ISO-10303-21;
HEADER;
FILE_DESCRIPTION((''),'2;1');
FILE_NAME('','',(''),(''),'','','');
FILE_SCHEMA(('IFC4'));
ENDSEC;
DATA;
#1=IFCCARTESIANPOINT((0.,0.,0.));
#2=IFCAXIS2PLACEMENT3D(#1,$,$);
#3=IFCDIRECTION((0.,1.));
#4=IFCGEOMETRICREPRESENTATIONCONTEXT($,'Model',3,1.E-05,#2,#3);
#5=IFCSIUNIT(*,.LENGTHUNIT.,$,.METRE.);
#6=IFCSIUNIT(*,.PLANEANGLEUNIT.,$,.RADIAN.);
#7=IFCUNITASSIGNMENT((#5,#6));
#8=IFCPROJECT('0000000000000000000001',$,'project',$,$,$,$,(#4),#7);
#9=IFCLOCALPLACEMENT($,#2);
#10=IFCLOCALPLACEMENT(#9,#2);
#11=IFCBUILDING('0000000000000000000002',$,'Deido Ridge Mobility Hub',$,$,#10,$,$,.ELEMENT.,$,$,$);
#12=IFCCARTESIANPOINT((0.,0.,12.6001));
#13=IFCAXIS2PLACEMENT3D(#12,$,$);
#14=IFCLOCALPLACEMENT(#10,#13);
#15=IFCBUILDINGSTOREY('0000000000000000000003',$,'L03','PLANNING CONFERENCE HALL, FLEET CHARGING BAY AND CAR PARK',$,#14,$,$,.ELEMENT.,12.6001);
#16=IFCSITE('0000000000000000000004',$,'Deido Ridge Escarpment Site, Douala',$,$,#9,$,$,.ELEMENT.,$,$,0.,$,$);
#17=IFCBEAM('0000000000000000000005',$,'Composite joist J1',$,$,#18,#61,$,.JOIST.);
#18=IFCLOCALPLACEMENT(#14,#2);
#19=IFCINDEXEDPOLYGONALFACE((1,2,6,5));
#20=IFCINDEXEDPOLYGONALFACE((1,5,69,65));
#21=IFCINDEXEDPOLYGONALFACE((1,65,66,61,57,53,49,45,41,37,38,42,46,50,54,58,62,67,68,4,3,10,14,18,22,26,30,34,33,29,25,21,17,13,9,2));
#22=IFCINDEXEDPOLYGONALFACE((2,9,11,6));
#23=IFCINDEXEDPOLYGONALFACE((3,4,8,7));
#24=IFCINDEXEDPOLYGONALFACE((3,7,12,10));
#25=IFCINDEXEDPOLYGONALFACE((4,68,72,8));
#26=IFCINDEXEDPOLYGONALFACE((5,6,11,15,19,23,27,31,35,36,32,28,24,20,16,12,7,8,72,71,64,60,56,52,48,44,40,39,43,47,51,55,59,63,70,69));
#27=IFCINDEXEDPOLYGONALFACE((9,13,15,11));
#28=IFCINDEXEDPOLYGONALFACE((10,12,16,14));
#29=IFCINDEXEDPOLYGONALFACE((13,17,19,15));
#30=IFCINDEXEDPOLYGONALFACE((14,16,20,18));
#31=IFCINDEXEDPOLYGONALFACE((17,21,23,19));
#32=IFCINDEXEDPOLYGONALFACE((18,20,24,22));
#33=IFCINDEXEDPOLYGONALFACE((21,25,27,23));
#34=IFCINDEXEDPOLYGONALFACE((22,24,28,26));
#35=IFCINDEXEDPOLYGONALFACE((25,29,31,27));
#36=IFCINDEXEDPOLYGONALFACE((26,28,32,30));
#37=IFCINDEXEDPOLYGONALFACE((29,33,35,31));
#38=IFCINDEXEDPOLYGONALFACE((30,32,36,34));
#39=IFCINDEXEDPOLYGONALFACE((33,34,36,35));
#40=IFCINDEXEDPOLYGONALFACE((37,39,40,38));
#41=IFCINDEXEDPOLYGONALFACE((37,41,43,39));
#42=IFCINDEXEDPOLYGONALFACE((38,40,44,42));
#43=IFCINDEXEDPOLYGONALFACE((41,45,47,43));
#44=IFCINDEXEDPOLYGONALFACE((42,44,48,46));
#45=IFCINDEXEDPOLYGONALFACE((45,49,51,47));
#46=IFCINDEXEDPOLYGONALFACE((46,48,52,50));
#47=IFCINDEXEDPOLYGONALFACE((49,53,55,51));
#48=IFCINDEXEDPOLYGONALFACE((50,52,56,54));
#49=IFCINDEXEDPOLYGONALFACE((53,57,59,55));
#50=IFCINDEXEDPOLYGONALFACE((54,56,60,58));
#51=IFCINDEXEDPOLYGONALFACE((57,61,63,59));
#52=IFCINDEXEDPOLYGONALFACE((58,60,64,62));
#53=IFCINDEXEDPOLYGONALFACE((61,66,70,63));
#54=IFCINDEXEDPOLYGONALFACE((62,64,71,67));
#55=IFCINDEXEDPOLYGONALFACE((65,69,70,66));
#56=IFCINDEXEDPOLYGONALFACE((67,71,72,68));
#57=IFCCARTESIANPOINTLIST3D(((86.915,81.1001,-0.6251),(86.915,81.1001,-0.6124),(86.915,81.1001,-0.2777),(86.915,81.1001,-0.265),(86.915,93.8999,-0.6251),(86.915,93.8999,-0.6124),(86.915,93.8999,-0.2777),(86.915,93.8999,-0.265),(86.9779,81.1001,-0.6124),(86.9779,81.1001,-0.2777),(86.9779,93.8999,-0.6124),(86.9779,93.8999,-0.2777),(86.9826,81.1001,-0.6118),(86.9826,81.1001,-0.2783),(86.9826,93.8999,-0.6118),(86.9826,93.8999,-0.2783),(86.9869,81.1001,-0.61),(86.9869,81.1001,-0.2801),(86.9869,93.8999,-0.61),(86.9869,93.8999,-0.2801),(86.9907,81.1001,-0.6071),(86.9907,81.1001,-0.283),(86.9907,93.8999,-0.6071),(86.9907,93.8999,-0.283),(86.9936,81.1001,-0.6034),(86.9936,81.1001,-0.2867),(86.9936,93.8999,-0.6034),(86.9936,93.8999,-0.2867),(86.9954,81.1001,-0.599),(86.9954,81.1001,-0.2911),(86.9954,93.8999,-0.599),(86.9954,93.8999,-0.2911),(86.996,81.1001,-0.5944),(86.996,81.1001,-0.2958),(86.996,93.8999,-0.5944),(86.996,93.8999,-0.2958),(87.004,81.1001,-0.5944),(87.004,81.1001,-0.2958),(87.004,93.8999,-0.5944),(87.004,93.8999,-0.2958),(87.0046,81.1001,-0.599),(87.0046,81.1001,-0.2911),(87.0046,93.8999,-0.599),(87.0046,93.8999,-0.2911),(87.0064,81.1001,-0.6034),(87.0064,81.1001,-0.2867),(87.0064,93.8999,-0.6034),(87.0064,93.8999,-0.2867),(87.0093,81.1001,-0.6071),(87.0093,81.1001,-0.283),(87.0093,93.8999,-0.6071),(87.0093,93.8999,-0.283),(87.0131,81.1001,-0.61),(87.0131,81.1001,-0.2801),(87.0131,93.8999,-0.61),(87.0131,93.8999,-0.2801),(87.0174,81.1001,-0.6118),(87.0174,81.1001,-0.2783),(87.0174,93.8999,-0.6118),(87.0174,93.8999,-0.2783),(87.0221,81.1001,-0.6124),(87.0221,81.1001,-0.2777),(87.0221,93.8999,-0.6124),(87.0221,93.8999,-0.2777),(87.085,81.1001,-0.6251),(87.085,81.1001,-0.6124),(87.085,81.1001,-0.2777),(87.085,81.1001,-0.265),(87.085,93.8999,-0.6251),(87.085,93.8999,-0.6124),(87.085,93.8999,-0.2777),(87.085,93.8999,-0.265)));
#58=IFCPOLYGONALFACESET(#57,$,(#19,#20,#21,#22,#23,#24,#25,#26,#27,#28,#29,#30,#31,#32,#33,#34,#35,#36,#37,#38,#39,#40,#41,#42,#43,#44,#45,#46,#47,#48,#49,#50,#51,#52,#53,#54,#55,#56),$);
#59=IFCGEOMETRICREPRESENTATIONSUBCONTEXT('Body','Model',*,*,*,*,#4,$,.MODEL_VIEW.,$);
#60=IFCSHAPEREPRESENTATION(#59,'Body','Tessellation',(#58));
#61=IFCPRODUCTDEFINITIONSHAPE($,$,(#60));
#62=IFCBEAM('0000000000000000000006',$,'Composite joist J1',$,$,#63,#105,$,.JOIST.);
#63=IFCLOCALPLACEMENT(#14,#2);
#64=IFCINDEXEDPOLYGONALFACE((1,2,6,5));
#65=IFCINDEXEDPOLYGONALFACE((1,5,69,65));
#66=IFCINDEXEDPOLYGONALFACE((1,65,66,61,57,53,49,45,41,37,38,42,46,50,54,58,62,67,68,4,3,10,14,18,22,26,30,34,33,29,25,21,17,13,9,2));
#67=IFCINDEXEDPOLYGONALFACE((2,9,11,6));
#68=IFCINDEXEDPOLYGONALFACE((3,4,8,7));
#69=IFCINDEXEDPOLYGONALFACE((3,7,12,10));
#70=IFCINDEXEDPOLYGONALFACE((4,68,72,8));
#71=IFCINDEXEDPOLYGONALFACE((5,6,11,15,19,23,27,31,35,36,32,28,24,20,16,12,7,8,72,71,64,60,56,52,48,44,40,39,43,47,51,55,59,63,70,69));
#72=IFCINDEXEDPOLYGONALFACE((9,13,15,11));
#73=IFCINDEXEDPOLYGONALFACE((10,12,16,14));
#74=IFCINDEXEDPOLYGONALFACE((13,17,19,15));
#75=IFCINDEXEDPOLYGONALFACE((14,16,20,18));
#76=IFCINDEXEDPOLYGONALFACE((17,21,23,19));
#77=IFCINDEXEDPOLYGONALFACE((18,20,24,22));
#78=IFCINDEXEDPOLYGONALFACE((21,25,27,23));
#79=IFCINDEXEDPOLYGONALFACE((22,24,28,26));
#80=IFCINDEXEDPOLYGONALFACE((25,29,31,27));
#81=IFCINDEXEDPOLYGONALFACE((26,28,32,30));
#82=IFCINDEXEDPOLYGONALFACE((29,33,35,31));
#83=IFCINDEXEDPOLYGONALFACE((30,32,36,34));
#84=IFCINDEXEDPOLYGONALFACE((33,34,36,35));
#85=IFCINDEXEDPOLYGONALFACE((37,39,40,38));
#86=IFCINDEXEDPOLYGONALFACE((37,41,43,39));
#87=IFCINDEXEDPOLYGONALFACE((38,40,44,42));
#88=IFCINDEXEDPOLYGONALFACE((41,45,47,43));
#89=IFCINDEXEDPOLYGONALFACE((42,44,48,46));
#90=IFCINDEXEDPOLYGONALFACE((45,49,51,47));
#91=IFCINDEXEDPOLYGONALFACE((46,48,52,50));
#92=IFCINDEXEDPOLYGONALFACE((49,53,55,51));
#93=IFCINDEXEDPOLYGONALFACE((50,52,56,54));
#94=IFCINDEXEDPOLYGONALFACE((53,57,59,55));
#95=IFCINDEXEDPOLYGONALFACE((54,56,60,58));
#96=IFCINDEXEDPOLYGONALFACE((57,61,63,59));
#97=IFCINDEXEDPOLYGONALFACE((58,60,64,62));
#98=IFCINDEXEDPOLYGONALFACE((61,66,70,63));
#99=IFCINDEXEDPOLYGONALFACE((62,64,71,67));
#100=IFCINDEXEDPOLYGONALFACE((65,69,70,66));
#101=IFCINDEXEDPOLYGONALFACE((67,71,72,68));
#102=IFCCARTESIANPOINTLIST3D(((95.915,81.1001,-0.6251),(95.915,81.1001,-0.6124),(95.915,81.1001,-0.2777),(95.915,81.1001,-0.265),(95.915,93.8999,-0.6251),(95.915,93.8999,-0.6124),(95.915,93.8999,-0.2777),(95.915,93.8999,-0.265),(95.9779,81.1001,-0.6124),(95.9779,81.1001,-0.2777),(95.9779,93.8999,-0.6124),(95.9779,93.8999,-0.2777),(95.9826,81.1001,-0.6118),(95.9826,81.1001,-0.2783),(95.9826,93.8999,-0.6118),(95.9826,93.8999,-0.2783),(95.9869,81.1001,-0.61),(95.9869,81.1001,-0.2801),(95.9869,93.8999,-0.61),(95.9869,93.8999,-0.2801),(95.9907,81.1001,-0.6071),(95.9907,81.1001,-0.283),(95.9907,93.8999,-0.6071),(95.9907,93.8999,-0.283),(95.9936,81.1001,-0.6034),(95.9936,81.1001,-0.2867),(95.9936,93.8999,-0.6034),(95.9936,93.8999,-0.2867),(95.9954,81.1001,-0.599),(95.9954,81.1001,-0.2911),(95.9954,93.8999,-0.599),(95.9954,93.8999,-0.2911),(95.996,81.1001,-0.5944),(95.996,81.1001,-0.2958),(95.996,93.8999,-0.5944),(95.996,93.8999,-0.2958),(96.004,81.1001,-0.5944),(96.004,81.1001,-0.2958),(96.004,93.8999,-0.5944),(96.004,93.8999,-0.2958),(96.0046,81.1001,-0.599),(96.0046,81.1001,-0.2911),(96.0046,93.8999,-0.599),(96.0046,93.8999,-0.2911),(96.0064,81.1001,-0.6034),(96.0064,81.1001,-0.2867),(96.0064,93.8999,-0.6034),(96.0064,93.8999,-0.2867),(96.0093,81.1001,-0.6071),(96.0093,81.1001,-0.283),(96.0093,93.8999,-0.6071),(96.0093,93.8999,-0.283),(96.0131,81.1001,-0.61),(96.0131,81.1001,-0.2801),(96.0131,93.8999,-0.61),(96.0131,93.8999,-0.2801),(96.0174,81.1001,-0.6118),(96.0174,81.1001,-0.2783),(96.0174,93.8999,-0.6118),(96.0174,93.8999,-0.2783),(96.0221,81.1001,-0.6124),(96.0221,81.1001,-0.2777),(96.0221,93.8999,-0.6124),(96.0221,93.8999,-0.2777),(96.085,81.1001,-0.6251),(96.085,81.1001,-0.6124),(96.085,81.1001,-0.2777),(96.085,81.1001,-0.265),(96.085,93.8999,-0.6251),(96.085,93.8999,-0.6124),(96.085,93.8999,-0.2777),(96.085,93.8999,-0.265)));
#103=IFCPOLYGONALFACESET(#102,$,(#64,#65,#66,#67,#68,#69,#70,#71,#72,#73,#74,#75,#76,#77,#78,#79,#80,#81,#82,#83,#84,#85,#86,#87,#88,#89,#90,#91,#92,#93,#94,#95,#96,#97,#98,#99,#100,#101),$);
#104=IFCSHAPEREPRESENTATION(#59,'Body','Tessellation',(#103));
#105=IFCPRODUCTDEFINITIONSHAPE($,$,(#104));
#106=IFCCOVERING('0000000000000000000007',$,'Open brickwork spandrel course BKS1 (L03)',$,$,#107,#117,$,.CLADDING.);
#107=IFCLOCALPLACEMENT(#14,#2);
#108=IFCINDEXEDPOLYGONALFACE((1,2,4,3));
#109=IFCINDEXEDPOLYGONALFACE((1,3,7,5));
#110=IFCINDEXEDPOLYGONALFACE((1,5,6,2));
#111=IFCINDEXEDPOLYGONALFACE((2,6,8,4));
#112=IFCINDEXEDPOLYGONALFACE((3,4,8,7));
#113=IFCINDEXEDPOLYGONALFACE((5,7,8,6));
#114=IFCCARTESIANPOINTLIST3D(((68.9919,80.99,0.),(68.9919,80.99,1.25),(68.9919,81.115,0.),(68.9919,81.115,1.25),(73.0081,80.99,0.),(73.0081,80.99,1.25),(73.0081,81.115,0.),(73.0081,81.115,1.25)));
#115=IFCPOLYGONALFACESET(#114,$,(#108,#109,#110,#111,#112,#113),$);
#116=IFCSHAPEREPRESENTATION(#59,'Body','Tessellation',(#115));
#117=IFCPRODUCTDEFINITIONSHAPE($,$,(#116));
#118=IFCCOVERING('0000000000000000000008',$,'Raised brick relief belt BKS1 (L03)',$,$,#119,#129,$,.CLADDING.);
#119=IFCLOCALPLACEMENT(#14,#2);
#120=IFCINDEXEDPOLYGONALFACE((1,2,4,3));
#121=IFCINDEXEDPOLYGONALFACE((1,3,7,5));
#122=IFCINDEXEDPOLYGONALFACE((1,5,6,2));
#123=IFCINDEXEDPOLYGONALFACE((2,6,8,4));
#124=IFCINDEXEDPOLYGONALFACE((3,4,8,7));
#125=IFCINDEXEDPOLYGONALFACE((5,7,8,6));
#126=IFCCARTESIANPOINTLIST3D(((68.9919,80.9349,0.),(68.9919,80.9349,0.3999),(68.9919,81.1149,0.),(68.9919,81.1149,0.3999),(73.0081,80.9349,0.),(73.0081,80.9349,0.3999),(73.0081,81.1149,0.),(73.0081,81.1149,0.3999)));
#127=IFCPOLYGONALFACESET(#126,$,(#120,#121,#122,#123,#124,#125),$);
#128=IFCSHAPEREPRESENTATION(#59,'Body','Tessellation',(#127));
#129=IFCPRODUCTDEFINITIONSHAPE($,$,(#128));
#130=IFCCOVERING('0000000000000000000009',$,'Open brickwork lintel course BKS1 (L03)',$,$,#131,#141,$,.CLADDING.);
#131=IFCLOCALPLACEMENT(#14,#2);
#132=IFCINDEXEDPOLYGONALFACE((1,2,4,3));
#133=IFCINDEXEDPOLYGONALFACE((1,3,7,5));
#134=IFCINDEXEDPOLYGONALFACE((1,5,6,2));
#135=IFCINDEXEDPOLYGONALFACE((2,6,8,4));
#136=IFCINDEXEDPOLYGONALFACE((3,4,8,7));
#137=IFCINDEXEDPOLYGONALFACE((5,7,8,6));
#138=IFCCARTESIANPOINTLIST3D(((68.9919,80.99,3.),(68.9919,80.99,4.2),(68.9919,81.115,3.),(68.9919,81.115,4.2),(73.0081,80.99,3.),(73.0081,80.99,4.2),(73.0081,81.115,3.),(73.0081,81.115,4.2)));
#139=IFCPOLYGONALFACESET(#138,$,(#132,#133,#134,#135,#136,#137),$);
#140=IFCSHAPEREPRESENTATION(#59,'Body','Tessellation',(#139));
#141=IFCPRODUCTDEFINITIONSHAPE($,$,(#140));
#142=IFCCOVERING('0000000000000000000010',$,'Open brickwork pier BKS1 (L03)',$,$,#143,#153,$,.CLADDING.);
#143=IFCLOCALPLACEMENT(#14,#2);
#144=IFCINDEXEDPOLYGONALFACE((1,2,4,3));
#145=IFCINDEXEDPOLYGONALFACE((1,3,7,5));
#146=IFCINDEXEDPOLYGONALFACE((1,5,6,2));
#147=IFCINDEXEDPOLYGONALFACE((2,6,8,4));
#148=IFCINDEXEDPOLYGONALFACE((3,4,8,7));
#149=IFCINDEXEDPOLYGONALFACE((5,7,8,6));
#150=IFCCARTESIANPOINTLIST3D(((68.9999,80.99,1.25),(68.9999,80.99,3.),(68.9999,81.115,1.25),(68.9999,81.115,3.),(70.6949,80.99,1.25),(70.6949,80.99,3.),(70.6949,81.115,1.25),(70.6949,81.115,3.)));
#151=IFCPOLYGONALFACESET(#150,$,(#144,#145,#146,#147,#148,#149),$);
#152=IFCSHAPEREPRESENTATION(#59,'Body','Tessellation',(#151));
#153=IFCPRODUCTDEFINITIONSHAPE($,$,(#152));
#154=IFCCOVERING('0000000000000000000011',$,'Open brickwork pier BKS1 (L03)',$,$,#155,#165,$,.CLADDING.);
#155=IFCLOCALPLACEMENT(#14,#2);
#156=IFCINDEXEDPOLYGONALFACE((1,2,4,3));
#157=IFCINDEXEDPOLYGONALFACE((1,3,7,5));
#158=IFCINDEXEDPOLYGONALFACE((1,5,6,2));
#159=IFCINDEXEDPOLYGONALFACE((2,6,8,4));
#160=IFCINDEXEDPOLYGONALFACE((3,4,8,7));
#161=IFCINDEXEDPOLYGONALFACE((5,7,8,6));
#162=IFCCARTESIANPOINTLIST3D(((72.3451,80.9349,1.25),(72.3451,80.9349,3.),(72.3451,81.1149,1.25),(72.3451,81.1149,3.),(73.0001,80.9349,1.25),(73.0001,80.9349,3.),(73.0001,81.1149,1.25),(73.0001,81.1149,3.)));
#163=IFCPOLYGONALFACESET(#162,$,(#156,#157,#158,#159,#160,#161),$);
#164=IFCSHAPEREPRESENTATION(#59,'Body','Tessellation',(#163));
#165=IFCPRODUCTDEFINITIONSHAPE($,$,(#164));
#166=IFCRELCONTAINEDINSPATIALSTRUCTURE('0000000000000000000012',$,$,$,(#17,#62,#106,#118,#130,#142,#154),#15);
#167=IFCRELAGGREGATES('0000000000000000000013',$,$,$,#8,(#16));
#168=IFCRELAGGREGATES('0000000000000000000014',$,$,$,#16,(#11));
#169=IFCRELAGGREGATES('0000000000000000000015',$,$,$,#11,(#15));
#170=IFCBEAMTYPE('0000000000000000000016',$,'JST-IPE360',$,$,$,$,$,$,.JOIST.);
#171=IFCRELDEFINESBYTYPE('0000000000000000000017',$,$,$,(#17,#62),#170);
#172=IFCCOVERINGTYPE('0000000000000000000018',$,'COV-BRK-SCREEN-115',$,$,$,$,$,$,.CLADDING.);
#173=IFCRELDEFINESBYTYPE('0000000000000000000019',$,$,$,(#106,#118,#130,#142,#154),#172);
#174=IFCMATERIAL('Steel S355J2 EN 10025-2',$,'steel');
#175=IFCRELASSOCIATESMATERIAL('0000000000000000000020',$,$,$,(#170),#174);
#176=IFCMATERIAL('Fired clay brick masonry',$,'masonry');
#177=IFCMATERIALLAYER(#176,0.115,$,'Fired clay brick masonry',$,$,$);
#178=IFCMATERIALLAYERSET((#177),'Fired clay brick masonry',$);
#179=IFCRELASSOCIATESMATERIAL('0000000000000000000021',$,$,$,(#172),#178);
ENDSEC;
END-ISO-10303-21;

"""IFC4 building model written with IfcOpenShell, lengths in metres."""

from ifc_helpers import new_model, si_unit, direction, frame, origin, origin_2d, place, context, subcontext, project, spatial, rectangle, i_section, extrude, material, layer, layer_set, material_profile, profile_set, type_object, element, save


model = new_model("IFC4")

# Units and contexts
model_context = context("Model", 3, precision=1e-05, world=origin(), true_north=direction((0.0, 1.0)))
body_context = subcontext(model_context, "Body", "Model", "MODEL_VIEW")
ifc_project = project(units=[si_unit("LENGTHUNIT", "METRE"), si_unit("PLANEANGLEUNIT", "RADIAN")], contexts=[model_context])

# Site, building, storey
site_placement = place(None, origin())
site = spatial("IfcSite", under=ifc_project, at=site_placement, Name="Deido Ridge Escarpment Site, Douala", CompositionType="ELEMENT", RefElevation=0.0)
building_placement = place(site_placement, origin())
building = spatial("IfcBuilding", under=site, at=building_placement, Name="Deido Ridge Mobility Hub", CompositionType="ELEMENT")
storey_placement = place(building_placement, frame((0.0, 0.0, 12.6001)))
storey = spatial("IfcBuildingStorey", under=building, at=storey_placement, Name="L03", Description="PLANNING CONFERENCE HALL, FLEET CHARGING BAY AND CAR PARK", CompositionType="ELEMENT", Elevation=12.6001)

# Shared definitions
ifc_material_1 = material(Name="Steel S355J2 EN 10025-2", Category="steel")

# Beams
ifc_material_profile_1 = material_profile(ifc_material_1, i_section(OverallWidth=0.1699, OverallDepth=0.3601, WebThickness=0.0081, FlangeThickness=0.0127, FilletRadius=0.0181, at=origin_2d()), Name="IPE 360")
ifc_profile_set_1 = profile_set([ifc_material_profile_1], Name="Steel S355J2 EN 10025-2")
beam_type_1 = type_object("IfcBeamType", Name="JST-IPE360", PredefinedType="JOIST", material=ifc_profile_set_1)
for number, where, z_axis, x_axis, name in (
    (1, (87.0, 81.1001, -0.4451), (0.0, 1.0, 0.0), (-1.0, 0.0, 0.0), "Composite joist J1"),
    (2, (96.0, 81.1001, -0.4451), (0.0, 1.0, 0.0), (-1.0, 0.0, 0.0), "Composite joist J1"),
):
    element("IfcBeam", number, at=place(storey_placement, frame(where, z_axis=z_axis, x_axis=x_axis)), inside=storey, type_object=beam_type_1, Name=name, PredefinedType="JOIST", context=body_context, shape_type="SweptSolid", body=[
        extrude(i_section(OverallWidth=0.1699, OverallDepth=0.3601, WebThickness=0.0081, FlangeThickness=0.0127, FilletRadius=0.0181, at=origin_2d()), origin(), (0.0, 0.0, 1.0), 12.7998),
    ])

# Coverings
ifc_material_2 = material(Name="Fired clay brick masonry", Category="masonry")
ifc_layer = layer(ifc_material_2, 0.115, Name="Fired clay brick masonry")
ifc_layer_set = layer_set([ifc_layer], Name="Fired clay brick masonry")
covering_type = type_object("IfcCoveringType", Name="COV-BRK-SCREEN-115", PredefinedType="CLADDING", material=ifc_layer_set)
covering_1_placement = place(storey_placement, frame((71.0, 81.0525, 0.0), z_axis=(0.0, 0.0, 1.0), x_axis=(1.0, 0.0, 0.0)))
element("IfcCovering", 3, at=covering_1_placement, inside=storey, type_object=covering_type, Name="Open brickwork spandrel course BKS1 (L03)", PredefinedType="CLADDING", context=body_context, shape_type="SweptSolid", body=[
    extrude(rectangle(XDim=4.0161, YDim=0.125, at=origin_2d()), origin(), (0.0, 0.0, 1.0), 1.25),
])
covering_2_placement = place(storey_placement, frame((71.0, 81.0249, 0.0), z_axis=(0.0, 0.0, 1.0), x_axis=(1.0, 0.0, 0.0)))
element("IfcCovering", 4, at=covering_2_placement, inside=storey, type_object=covering_type, Name="Raised brick relief belt BKS1 (L03)", PredefinedType="CLADDING", context=body_context, shape_type="SweptSolid", body=[
    extrude(rectangle(XDim=4.0161, YDim=0.1799, at=origin_2d()), origin(), (0.0, 0.0, 1.0), 0.3999),
])
covering_3_placement = place(storey_placement, frame((71.0, 81.0525, 3.0), z_axis=(0.0, 0.0, 1.0), x_axis=(1.0, 0.0, 0.0)))
element("IfcCovering", 5, at=covering_3_placement, inside=storey, type_object=covering_type, Name="Open brickwork lintel course BKS1 (L03)", PredefinedType="CLADDING", context=body_context, shape_type="SweptSolid", body=[
    extrude(rectangle(XDim=4.0161, YDim=0.125, at=origin_2d()), origin(), (0.0, 0.0, 1.0), 1.2),
])
covering_4_placement = place(storey_placement, frame((69.8474, 81.0525, 1.25), z_axis=(0.0, 0.0, 1.0), x_axis=(1.0, 0.0, 0.0)))
element("IfcCovering", 6, at=covering_4_placement, inside=storey, type_object=covering_type, Name="Open brickwork pier BKS1 (L03)", PredefinedType="CLADDING", context=body_context, shape_type="SweptSolid", body=[
    extrude(rectangle(XDim=1.6951, YDim=0.125, at=origin_2d()), origin(), (0.0, 0.0, 1.0), 1.75),
])
covering_5_placement = place(storey_placement, frame((72.6726, 81.0249, 1.25), z_axis=(0.0, 0.0, 1.0), x_axis=(1.0, 0.0, 0.0)))
element("IfcCovering", 7, at=covering_5_placement, inside=storey, type_object=covering_type, Name="Open brickwork pier BKS1 (L03)", PredefinedType="CLADDING", context=body_context, shape_type="SweptSolid", body=[
    extrude(rectangle(XDim=0.655, YDim=0.1799, at=origin_2d()), origin(), (0.0, 0.0, 1.0), 1.75),
])

save(model, "model.ifc")
